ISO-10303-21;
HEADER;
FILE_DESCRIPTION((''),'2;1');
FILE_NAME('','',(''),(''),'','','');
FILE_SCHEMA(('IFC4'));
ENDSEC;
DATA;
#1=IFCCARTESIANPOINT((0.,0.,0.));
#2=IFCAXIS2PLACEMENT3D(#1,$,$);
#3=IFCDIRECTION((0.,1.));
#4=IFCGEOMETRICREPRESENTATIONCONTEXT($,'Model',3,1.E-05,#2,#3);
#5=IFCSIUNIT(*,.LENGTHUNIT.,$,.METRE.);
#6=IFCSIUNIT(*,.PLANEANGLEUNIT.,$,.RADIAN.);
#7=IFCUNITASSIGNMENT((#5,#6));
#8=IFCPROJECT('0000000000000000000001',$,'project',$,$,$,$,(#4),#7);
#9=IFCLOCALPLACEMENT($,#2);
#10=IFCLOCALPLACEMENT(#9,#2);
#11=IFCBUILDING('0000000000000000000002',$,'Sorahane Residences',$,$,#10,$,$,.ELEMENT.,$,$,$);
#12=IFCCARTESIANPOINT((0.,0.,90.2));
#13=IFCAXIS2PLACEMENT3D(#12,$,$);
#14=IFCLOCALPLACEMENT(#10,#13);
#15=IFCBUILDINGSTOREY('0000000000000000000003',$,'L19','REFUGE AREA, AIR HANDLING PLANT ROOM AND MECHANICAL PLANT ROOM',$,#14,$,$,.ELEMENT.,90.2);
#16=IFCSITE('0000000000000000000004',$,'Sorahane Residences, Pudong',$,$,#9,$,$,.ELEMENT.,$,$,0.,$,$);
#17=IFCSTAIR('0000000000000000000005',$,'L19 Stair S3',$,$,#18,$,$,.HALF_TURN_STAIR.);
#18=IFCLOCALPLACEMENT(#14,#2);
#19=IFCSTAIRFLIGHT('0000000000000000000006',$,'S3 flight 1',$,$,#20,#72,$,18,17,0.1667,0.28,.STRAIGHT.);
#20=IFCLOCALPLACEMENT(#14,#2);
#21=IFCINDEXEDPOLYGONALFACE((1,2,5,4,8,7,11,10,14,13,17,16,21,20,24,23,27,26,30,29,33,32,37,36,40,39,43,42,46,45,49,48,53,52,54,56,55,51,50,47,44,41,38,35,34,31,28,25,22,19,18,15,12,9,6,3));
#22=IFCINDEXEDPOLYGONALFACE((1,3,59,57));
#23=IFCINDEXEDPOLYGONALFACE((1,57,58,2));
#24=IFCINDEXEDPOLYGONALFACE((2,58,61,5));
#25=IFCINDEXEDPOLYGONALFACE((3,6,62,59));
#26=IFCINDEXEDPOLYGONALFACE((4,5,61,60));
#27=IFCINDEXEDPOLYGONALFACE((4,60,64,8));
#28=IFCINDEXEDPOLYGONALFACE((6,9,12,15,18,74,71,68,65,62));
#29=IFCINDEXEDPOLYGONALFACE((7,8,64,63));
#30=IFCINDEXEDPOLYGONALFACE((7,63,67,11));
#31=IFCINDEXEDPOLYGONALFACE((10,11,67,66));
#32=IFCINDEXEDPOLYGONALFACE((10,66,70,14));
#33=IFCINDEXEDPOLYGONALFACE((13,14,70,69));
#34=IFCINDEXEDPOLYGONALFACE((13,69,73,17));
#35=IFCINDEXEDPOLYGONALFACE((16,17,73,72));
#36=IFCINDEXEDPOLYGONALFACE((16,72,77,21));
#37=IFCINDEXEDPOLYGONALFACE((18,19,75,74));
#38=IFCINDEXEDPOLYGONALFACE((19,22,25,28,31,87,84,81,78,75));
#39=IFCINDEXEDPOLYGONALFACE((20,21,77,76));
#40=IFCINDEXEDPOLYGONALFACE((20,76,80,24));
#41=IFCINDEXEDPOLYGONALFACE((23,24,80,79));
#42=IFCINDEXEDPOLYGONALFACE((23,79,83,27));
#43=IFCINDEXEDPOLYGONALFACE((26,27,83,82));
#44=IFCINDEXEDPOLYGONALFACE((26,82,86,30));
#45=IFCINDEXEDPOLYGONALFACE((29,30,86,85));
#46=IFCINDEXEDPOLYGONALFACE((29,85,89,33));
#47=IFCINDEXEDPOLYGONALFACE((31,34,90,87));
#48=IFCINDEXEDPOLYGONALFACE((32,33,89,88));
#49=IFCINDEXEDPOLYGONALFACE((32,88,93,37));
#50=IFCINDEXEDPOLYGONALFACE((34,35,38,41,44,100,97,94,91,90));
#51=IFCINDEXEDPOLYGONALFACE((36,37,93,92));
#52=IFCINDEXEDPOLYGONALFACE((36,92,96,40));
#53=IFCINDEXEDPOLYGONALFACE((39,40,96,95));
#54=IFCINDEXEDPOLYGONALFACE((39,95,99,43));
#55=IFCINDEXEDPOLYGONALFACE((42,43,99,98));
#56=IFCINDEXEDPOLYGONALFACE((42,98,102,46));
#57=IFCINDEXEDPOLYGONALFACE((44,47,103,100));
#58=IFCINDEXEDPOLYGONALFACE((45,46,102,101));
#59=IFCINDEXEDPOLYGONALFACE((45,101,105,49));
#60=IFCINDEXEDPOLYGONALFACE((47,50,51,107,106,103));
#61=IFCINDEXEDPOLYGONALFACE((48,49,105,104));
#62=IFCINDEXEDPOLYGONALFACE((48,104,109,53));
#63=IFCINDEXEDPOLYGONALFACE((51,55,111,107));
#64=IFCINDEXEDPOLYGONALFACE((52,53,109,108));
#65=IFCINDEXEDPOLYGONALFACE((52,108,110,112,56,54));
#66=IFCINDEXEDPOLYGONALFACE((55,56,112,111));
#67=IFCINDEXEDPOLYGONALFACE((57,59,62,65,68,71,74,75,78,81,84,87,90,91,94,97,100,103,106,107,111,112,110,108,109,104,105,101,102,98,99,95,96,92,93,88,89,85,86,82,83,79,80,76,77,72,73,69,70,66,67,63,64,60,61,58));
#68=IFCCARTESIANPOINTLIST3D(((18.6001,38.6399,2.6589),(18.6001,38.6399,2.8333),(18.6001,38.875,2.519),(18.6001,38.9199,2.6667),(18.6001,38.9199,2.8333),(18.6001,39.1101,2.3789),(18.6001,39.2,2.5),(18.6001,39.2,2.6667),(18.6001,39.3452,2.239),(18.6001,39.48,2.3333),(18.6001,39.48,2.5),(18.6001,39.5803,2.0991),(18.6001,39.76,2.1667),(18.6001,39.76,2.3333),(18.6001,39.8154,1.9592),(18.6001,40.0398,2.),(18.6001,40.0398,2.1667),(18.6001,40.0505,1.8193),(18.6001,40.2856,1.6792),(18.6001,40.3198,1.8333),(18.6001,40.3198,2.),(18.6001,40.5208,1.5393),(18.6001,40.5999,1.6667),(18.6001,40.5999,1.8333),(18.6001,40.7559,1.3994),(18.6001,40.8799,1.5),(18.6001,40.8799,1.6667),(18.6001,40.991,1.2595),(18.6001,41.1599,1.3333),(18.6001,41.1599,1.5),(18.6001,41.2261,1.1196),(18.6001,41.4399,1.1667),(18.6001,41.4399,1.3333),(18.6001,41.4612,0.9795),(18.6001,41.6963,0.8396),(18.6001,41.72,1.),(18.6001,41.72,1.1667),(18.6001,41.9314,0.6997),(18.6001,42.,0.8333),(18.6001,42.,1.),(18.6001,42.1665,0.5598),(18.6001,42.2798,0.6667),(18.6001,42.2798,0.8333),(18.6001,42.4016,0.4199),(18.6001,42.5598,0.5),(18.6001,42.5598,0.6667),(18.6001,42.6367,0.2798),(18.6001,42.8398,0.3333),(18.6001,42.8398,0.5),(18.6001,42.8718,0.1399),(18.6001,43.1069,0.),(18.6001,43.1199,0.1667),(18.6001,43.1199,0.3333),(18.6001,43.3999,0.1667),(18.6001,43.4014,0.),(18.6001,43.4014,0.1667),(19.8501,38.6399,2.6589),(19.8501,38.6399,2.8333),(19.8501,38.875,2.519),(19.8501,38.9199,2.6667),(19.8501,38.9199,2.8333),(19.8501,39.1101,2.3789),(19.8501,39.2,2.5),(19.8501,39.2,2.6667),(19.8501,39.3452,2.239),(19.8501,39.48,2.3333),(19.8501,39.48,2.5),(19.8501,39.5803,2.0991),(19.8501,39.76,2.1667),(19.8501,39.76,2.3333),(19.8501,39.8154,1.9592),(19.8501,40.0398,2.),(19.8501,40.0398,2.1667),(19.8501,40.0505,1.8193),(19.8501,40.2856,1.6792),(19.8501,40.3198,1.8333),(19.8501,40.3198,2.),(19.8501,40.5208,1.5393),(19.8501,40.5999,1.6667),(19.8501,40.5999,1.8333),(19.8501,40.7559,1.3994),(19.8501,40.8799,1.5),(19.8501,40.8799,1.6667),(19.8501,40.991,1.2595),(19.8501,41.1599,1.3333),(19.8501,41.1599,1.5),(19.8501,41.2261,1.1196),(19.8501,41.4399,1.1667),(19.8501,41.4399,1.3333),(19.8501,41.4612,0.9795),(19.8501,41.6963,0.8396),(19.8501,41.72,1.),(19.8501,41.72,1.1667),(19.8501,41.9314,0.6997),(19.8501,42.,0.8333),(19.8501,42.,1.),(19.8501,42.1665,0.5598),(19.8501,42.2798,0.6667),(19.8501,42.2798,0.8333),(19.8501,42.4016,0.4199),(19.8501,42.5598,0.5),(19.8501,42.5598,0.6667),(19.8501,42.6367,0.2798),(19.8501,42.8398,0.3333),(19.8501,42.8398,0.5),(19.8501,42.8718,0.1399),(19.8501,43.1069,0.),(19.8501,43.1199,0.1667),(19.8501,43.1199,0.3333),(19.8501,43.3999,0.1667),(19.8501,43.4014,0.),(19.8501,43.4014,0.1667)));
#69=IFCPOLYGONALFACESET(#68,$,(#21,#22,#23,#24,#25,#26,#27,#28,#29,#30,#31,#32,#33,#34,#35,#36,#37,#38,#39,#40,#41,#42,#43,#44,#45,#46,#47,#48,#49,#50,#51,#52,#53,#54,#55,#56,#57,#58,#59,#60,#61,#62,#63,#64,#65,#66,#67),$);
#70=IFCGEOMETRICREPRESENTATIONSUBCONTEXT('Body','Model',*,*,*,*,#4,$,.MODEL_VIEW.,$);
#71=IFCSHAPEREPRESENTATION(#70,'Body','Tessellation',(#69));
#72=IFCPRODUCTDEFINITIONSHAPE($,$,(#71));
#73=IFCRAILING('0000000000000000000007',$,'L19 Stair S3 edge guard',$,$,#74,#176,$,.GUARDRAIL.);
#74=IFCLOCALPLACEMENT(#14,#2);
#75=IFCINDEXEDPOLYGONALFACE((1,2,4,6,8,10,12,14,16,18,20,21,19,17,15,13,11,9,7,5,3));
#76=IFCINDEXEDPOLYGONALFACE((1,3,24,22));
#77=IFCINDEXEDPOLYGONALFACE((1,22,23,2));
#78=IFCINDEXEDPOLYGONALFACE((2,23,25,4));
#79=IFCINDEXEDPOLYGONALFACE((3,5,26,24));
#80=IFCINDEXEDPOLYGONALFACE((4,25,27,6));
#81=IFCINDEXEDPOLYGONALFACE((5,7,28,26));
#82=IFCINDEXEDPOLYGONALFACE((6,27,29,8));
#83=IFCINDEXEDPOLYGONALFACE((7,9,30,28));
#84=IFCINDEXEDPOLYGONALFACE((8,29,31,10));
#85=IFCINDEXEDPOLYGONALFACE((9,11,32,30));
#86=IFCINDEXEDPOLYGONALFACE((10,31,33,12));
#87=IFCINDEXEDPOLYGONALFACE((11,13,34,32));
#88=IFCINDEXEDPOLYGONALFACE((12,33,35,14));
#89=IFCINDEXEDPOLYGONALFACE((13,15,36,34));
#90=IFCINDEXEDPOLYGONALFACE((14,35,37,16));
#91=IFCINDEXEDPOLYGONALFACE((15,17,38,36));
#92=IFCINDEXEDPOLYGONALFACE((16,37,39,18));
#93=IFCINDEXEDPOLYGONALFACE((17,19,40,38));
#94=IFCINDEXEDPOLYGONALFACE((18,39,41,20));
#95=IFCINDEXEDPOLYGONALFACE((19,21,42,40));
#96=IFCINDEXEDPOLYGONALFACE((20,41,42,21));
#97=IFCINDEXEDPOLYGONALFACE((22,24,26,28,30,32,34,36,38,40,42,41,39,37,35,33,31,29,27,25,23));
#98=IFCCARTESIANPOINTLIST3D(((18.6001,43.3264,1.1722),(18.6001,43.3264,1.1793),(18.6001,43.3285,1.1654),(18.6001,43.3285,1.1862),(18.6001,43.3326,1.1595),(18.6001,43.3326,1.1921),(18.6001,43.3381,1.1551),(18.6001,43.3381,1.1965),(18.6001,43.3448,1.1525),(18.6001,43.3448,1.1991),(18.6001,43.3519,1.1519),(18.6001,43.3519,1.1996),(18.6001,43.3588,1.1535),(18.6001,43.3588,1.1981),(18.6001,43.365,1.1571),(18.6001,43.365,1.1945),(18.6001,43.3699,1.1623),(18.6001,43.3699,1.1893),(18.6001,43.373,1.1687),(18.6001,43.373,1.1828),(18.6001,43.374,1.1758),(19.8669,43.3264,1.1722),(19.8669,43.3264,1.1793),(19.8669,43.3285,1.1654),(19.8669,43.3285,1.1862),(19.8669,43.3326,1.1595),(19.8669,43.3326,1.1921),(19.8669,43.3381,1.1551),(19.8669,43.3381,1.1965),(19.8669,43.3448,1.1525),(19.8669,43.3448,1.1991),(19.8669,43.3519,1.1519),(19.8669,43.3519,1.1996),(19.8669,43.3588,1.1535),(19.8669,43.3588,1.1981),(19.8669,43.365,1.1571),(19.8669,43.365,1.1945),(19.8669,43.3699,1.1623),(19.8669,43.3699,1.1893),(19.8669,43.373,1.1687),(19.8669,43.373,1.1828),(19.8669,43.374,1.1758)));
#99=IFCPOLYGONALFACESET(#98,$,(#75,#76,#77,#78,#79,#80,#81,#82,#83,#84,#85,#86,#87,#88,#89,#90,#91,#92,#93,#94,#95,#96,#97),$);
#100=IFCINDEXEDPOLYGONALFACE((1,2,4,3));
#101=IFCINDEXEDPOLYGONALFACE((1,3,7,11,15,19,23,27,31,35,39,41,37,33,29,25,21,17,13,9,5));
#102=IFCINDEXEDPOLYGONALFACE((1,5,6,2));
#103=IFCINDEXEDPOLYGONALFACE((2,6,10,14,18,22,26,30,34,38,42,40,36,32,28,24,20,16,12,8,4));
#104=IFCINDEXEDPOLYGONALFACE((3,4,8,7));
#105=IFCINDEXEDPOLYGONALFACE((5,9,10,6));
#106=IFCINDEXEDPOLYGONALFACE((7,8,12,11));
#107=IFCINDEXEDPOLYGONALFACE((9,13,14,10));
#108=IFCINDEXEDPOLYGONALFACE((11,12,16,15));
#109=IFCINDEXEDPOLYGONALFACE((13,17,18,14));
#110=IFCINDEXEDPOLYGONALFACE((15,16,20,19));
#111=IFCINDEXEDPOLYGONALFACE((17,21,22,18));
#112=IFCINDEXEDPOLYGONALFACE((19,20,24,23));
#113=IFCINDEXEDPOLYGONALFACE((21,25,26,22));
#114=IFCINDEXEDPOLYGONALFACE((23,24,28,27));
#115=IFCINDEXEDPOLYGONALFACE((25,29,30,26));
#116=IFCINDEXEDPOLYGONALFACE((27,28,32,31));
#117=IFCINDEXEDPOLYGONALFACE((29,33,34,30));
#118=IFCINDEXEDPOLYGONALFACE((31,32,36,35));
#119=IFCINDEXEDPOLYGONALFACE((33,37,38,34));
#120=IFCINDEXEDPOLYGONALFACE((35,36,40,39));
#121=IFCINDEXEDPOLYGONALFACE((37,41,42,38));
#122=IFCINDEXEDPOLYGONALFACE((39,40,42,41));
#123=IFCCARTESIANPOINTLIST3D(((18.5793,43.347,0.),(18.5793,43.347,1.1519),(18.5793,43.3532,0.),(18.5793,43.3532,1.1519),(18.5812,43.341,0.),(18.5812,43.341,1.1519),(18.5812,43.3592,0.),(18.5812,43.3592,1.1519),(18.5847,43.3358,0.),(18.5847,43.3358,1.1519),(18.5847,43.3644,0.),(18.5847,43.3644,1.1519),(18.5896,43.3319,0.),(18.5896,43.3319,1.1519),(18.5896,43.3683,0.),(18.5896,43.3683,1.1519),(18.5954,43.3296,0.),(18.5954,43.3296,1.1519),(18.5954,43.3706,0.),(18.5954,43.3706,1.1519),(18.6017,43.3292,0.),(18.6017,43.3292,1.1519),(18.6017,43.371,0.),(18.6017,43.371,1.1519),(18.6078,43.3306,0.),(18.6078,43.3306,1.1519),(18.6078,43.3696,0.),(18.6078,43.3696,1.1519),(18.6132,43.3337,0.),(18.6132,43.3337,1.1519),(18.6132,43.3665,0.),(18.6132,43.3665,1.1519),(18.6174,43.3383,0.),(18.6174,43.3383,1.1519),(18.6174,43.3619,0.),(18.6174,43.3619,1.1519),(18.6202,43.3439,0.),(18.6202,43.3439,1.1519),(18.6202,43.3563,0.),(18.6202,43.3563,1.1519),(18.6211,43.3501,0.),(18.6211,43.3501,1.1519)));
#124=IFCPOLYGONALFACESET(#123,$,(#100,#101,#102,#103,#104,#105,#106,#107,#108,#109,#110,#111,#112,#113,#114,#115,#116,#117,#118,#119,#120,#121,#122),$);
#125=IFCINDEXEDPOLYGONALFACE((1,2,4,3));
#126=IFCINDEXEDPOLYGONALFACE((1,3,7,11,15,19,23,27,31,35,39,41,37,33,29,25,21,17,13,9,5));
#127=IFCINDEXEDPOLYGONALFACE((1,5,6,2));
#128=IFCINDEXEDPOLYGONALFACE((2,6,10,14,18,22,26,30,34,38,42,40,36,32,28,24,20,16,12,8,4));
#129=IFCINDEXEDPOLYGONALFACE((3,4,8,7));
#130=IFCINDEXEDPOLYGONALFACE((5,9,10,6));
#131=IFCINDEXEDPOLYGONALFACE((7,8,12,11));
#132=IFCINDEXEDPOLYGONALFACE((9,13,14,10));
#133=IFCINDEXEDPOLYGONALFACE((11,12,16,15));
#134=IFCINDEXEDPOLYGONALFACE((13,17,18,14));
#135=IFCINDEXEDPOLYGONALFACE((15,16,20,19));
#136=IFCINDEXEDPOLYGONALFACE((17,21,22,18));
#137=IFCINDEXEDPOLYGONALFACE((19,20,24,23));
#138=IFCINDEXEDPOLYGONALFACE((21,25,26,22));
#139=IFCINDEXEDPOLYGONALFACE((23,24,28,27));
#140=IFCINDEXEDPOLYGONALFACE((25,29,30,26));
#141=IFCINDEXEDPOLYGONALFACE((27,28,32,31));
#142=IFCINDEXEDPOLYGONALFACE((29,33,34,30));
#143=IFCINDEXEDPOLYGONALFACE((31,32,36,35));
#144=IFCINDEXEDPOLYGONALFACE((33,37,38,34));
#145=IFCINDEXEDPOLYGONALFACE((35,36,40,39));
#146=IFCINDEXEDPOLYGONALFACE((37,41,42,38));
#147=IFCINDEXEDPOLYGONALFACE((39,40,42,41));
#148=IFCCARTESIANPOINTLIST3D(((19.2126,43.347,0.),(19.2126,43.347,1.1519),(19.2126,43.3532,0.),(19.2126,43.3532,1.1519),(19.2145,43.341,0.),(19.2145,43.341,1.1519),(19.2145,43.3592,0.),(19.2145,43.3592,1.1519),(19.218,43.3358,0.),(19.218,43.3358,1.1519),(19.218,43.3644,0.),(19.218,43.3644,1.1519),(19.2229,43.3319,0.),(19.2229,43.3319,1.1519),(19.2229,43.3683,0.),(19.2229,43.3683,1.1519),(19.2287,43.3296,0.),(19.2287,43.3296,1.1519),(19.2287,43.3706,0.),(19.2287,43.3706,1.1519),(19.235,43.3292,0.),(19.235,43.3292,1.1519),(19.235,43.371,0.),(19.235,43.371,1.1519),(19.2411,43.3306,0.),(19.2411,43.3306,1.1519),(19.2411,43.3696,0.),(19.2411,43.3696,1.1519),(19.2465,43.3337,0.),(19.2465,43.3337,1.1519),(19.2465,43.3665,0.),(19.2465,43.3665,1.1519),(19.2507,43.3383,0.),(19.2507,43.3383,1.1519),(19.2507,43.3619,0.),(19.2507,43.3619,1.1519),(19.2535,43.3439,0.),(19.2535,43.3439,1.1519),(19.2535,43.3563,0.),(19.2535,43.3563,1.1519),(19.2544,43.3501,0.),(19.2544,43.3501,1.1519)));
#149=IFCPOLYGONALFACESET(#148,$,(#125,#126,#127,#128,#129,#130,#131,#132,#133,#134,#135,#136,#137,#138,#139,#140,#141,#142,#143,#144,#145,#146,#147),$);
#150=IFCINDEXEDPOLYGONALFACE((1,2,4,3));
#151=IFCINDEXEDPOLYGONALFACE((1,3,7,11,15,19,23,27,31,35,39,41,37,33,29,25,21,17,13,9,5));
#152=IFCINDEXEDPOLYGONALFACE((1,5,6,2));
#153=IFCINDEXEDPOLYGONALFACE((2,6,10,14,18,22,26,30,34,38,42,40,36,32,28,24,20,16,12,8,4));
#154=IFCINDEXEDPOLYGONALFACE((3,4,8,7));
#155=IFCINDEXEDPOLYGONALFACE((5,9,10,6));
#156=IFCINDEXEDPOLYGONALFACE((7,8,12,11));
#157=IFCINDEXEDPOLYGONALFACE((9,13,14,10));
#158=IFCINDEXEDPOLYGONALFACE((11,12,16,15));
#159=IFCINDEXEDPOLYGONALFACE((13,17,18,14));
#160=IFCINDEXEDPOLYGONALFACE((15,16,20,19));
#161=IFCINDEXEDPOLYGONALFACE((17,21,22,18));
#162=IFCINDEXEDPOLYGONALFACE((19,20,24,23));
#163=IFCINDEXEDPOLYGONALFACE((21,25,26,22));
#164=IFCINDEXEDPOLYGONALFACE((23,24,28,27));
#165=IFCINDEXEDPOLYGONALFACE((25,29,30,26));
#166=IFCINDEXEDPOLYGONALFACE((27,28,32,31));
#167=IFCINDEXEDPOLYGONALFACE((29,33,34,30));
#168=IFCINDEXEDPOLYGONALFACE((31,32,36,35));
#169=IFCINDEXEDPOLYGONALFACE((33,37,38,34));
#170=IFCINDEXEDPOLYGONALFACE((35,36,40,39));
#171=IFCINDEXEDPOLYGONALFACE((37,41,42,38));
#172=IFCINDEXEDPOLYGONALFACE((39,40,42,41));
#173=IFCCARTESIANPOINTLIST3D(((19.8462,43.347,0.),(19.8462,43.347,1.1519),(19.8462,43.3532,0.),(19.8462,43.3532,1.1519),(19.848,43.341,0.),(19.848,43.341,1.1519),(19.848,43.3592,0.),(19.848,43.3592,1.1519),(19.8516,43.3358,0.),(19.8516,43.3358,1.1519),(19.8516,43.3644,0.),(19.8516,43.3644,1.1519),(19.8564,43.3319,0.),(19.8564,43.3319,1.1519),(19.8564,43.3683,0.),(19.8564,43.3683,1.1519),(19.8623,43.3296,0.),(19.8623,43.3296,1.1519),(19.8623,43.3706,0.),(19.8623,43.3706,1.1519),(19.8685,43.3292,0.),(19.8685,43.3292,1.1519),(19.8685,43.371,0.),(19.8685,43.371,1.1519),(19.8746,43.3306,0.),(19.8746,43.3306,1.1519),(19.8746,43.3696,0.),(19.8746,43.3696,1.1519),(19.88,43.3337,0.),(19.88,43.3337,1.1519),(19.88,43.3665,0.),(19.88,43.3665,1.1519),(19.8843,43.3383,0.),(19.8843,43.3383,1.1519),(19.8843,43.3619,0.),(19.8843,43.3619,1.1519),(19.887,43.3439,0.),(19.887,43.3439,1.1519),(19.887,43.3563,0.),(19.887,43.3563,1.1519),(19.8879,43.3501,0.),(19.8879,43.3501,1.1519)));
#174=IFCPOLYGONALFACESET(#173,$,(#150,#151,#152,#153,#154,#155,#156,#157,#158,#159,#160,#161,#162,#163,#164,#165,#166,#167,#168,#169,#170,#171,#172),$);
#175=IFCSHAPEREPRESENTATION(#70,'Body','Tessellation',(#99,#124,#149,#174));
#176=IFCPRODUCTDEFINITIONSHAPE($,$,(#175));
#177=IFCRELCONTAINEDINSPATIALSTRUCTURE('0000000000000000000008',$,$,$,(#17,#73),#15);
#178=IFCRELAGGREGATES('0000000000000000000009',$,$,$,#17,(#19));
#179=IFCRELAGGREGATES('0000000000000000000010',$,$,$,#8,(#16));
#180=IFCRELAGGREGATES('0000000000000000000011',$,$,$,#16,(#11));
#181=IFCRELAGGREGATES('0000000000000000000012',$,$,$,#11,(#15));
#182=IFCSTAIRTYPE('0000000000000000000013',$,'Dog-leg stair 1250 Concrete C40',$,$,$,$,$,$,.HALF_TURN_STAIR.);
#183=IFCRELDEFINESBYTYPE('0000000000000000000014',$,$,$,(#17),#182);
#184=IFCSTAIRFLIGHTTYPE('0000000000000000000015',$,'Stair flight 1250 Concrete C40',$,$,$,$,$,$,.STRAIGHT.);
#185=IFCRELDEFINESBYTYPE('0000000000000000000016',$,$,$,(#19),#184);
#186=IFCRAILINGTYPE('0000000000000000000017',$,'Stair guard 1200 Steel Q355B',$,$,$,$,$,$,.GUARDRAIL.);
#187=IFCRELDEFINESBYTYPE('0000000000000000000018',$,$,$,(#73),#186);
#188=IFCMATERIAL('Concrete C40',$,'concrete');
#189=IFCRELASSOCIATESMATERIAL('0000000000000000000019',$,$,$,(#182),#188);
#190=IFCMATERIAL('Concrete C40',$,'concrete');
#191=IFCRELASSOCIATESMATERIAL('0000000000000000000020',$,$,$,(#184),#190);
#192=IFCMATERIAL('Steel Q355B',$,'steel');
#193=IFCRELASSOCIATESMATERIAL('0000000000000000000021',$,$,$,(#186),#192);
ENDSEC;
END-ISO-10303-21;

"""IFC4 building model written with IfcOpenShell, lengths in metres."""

from ifc_helpers import new_model, si_unit, direction, frame, origin, origin_2d, place, context, subcontext, project, spatial, polyline, circle, outline, extrude, material, type_object, element, aggregate, save


model = new_model("IFC4")

# Units and contexts
model_context = context("Model", 3, precision=1e-05, world=origin(), true_north=direction((0.0, 1.0)))
body_context = subcontext(model_context, "Body", "Model", "MODEL_VIEW")
ifc_project = project(units=[si_unit("LENGTHUNIT", "METRE"), si_unit("PLANEANGLEUNIT", "RADIAN")], contexts=[model_context])

# Site, building, storey
site_placement = place(None, origin())
site = spatial("IfcSite", under=ifc_project, at=site_placement, Name="Sorahane Residences, Pudong", CompositionType="ELEMENT", RefElevation=0.0)
building_placement = place(site_placement, origin())
building = spatial("IfcBuilding", under=site, at=building_placement, Name="Sorahane Residences", CompositionType="ELEMENT")
storey_placement = place(building_placement, frame((0.0, 0.0, 90.2)))
storey = spatial("IfcBuildingStorey", under=building, at=storey_placement, Name="L19", Description="REFUGE AREA, AIR HANDLING PLANT ROOM AND MECHANICAL PLANT ROOM", CompositionType="ELEMENT", Elevation=90.2)

# Stair, stair flight
ifc_material_1 = material(Name="Concrete C40", Category="concrete")
stair_type = type_object("IfcStairType", Name="Dog-leg stair 1250 Concrete C40", PredefinedType="HALF_TURN_STAIR", material=ifc_material_1)
stair_placement = place(storey_placement, origin())
stair = element("IfcStair", 1, at=stair_placement, inside=storey, type_object=stair_type, Name="L19 Stair S3", PredefinedType="HALF_TURN_STAIR")
ifc_material_2 = material(Name="Concrete C40", Category="concrete")
stair_flight_type = type_object("IfcStairFlightType", Name="Stair flight 1250 Concrete C40", PredefinedType="STRAIGHT", material=ifc_material_2)
stair_flight_placement = place(storey_placement, frame((19.2251, 43.3999, 0.0), z_axis=(0.0, 0.0, 1.0), x_axis=(0.0, -1.0, 0.0)))
stair_flight = element("IfcStairFlight", 2, at=stair_flight_placement, type_object=stair_flight_type, Name="S3 flight 1", NumberOfRisers=18, NumberOfTreads=17, PredefinedType="STRAIGHT", RiserHeight=0.1667, TreadLength=0.28, context=body_context, shape_type="SweptSolid", body=[
    extrude(outline(polyline([(-0.0015, 0.0), (-0.0015, 0.1667), (0.0, 0.1667), (0.28, 0.1667), (0.28, 0.3333), (0.5601, 0.3333), (0.5601, 0.5), (0.8401, 0.5), (0.8401, 0.6667), (1.1201, 0.6667), (1.1201, 0.8333), (1.3999, 0.8333), (1.3999, 1.0), (1.6799, 1.0), (1.6799, 1.1667), (1.96, 1.1667), (1.96, 1.3333), (2.24, 1.3333), (2.24, 1.5), (2.52, 1.5), (2.52, 1.6667), (2.8, 1.6667), (2.8, 1.8333), (3.0801, 1.8333), (3.0801, 2.0), (3.3601, 2.0), (3.3601, 2.1667), (3.6399, 2.1667), (3.6399, 2.3333), (3.9199, 2.3333), (3.9199, 2.5), (4.2, 2.5), (4.2, 2.6667), (4.48, 2.6667), (4.48, 2.8333), (4.76, 2.8333), (4.76, 3.0), (4.76, 2.6589), (4.5249, 2.519), (4.2898, 2.3789), (4.0547, 2.239), (3.8196, 2.0991), (3.5845, 1.9592), (3.3494, 1.8193), (3.1143, 1.6792), (2.8792, 1.5393), (2.644, 1.3994), (2.4089, 1.2595), (2.1738, 1.1196), (1.9387, 0.9795), (1.7036, 0.8396), (1.4685, 0.6997), (1.2334, 0.5598), (0.9983, 0.4199), (0.7632, 0.2798), (0.5281, 0.1399), (0.293, 0.0), (-0.0015, 0.0)])), frame((0.0, 0.625, 0.0), z_axis=(0.0, -1.0, 0.0), x_axis=(1.0, 0.0, 0.0)), (0.0, 0.0, 1.0), 1.25),
])
aggregate(stair, [stair_flight])

# Railing
ifc_material_3 = material(Name="Steel Q355B", Category="steel")
railing_type_1 = type_object("IfcRailingType", Name="Stair guard 1200 Steel Q355B", PredefinedType="GUARDRAIL", material=ifc_material_3)
for number, where, name in (
    (3, (18.6001, 43.3501, 0.0), "L19 Stair S3 edge guard"),
):
    element("IfcRailing", number, at=place(storey_placement, frame(where)), inside=storey, type_object=railing_type_1, Name=name, PredefinedType="GUARDRAIL", context=body_context, shape_type="SweptSolid", body=[
        extrude(circle(Radius=0.0239, at=origin_2d()), frame((0.0, 0.0, 1.1758), z_axis=(1.0, 0.0, 0.0), x_axis=(0.0, 1.0, 0.0)), (0.0, 0.0, 1.0), 1.2668),
        extrude(circle(Radius=0.021, at=origin_2d()), origin(), (0.0, 0.0, 1.0), 1.1519),
        extrude(circle(Radius=0.021, at=origin_2d()), frame((0.6333, 0.0, 0.0)), (0.0, 0.0, 1.0), 1.1519),
        extrude(circle(Radius=0.021, at=origin_2d()), frame((1.2668, 0.0, 0.0)), (0.0, 0.0, 1.0), 1.1519),
    ])

save(model, "model.ifc")
